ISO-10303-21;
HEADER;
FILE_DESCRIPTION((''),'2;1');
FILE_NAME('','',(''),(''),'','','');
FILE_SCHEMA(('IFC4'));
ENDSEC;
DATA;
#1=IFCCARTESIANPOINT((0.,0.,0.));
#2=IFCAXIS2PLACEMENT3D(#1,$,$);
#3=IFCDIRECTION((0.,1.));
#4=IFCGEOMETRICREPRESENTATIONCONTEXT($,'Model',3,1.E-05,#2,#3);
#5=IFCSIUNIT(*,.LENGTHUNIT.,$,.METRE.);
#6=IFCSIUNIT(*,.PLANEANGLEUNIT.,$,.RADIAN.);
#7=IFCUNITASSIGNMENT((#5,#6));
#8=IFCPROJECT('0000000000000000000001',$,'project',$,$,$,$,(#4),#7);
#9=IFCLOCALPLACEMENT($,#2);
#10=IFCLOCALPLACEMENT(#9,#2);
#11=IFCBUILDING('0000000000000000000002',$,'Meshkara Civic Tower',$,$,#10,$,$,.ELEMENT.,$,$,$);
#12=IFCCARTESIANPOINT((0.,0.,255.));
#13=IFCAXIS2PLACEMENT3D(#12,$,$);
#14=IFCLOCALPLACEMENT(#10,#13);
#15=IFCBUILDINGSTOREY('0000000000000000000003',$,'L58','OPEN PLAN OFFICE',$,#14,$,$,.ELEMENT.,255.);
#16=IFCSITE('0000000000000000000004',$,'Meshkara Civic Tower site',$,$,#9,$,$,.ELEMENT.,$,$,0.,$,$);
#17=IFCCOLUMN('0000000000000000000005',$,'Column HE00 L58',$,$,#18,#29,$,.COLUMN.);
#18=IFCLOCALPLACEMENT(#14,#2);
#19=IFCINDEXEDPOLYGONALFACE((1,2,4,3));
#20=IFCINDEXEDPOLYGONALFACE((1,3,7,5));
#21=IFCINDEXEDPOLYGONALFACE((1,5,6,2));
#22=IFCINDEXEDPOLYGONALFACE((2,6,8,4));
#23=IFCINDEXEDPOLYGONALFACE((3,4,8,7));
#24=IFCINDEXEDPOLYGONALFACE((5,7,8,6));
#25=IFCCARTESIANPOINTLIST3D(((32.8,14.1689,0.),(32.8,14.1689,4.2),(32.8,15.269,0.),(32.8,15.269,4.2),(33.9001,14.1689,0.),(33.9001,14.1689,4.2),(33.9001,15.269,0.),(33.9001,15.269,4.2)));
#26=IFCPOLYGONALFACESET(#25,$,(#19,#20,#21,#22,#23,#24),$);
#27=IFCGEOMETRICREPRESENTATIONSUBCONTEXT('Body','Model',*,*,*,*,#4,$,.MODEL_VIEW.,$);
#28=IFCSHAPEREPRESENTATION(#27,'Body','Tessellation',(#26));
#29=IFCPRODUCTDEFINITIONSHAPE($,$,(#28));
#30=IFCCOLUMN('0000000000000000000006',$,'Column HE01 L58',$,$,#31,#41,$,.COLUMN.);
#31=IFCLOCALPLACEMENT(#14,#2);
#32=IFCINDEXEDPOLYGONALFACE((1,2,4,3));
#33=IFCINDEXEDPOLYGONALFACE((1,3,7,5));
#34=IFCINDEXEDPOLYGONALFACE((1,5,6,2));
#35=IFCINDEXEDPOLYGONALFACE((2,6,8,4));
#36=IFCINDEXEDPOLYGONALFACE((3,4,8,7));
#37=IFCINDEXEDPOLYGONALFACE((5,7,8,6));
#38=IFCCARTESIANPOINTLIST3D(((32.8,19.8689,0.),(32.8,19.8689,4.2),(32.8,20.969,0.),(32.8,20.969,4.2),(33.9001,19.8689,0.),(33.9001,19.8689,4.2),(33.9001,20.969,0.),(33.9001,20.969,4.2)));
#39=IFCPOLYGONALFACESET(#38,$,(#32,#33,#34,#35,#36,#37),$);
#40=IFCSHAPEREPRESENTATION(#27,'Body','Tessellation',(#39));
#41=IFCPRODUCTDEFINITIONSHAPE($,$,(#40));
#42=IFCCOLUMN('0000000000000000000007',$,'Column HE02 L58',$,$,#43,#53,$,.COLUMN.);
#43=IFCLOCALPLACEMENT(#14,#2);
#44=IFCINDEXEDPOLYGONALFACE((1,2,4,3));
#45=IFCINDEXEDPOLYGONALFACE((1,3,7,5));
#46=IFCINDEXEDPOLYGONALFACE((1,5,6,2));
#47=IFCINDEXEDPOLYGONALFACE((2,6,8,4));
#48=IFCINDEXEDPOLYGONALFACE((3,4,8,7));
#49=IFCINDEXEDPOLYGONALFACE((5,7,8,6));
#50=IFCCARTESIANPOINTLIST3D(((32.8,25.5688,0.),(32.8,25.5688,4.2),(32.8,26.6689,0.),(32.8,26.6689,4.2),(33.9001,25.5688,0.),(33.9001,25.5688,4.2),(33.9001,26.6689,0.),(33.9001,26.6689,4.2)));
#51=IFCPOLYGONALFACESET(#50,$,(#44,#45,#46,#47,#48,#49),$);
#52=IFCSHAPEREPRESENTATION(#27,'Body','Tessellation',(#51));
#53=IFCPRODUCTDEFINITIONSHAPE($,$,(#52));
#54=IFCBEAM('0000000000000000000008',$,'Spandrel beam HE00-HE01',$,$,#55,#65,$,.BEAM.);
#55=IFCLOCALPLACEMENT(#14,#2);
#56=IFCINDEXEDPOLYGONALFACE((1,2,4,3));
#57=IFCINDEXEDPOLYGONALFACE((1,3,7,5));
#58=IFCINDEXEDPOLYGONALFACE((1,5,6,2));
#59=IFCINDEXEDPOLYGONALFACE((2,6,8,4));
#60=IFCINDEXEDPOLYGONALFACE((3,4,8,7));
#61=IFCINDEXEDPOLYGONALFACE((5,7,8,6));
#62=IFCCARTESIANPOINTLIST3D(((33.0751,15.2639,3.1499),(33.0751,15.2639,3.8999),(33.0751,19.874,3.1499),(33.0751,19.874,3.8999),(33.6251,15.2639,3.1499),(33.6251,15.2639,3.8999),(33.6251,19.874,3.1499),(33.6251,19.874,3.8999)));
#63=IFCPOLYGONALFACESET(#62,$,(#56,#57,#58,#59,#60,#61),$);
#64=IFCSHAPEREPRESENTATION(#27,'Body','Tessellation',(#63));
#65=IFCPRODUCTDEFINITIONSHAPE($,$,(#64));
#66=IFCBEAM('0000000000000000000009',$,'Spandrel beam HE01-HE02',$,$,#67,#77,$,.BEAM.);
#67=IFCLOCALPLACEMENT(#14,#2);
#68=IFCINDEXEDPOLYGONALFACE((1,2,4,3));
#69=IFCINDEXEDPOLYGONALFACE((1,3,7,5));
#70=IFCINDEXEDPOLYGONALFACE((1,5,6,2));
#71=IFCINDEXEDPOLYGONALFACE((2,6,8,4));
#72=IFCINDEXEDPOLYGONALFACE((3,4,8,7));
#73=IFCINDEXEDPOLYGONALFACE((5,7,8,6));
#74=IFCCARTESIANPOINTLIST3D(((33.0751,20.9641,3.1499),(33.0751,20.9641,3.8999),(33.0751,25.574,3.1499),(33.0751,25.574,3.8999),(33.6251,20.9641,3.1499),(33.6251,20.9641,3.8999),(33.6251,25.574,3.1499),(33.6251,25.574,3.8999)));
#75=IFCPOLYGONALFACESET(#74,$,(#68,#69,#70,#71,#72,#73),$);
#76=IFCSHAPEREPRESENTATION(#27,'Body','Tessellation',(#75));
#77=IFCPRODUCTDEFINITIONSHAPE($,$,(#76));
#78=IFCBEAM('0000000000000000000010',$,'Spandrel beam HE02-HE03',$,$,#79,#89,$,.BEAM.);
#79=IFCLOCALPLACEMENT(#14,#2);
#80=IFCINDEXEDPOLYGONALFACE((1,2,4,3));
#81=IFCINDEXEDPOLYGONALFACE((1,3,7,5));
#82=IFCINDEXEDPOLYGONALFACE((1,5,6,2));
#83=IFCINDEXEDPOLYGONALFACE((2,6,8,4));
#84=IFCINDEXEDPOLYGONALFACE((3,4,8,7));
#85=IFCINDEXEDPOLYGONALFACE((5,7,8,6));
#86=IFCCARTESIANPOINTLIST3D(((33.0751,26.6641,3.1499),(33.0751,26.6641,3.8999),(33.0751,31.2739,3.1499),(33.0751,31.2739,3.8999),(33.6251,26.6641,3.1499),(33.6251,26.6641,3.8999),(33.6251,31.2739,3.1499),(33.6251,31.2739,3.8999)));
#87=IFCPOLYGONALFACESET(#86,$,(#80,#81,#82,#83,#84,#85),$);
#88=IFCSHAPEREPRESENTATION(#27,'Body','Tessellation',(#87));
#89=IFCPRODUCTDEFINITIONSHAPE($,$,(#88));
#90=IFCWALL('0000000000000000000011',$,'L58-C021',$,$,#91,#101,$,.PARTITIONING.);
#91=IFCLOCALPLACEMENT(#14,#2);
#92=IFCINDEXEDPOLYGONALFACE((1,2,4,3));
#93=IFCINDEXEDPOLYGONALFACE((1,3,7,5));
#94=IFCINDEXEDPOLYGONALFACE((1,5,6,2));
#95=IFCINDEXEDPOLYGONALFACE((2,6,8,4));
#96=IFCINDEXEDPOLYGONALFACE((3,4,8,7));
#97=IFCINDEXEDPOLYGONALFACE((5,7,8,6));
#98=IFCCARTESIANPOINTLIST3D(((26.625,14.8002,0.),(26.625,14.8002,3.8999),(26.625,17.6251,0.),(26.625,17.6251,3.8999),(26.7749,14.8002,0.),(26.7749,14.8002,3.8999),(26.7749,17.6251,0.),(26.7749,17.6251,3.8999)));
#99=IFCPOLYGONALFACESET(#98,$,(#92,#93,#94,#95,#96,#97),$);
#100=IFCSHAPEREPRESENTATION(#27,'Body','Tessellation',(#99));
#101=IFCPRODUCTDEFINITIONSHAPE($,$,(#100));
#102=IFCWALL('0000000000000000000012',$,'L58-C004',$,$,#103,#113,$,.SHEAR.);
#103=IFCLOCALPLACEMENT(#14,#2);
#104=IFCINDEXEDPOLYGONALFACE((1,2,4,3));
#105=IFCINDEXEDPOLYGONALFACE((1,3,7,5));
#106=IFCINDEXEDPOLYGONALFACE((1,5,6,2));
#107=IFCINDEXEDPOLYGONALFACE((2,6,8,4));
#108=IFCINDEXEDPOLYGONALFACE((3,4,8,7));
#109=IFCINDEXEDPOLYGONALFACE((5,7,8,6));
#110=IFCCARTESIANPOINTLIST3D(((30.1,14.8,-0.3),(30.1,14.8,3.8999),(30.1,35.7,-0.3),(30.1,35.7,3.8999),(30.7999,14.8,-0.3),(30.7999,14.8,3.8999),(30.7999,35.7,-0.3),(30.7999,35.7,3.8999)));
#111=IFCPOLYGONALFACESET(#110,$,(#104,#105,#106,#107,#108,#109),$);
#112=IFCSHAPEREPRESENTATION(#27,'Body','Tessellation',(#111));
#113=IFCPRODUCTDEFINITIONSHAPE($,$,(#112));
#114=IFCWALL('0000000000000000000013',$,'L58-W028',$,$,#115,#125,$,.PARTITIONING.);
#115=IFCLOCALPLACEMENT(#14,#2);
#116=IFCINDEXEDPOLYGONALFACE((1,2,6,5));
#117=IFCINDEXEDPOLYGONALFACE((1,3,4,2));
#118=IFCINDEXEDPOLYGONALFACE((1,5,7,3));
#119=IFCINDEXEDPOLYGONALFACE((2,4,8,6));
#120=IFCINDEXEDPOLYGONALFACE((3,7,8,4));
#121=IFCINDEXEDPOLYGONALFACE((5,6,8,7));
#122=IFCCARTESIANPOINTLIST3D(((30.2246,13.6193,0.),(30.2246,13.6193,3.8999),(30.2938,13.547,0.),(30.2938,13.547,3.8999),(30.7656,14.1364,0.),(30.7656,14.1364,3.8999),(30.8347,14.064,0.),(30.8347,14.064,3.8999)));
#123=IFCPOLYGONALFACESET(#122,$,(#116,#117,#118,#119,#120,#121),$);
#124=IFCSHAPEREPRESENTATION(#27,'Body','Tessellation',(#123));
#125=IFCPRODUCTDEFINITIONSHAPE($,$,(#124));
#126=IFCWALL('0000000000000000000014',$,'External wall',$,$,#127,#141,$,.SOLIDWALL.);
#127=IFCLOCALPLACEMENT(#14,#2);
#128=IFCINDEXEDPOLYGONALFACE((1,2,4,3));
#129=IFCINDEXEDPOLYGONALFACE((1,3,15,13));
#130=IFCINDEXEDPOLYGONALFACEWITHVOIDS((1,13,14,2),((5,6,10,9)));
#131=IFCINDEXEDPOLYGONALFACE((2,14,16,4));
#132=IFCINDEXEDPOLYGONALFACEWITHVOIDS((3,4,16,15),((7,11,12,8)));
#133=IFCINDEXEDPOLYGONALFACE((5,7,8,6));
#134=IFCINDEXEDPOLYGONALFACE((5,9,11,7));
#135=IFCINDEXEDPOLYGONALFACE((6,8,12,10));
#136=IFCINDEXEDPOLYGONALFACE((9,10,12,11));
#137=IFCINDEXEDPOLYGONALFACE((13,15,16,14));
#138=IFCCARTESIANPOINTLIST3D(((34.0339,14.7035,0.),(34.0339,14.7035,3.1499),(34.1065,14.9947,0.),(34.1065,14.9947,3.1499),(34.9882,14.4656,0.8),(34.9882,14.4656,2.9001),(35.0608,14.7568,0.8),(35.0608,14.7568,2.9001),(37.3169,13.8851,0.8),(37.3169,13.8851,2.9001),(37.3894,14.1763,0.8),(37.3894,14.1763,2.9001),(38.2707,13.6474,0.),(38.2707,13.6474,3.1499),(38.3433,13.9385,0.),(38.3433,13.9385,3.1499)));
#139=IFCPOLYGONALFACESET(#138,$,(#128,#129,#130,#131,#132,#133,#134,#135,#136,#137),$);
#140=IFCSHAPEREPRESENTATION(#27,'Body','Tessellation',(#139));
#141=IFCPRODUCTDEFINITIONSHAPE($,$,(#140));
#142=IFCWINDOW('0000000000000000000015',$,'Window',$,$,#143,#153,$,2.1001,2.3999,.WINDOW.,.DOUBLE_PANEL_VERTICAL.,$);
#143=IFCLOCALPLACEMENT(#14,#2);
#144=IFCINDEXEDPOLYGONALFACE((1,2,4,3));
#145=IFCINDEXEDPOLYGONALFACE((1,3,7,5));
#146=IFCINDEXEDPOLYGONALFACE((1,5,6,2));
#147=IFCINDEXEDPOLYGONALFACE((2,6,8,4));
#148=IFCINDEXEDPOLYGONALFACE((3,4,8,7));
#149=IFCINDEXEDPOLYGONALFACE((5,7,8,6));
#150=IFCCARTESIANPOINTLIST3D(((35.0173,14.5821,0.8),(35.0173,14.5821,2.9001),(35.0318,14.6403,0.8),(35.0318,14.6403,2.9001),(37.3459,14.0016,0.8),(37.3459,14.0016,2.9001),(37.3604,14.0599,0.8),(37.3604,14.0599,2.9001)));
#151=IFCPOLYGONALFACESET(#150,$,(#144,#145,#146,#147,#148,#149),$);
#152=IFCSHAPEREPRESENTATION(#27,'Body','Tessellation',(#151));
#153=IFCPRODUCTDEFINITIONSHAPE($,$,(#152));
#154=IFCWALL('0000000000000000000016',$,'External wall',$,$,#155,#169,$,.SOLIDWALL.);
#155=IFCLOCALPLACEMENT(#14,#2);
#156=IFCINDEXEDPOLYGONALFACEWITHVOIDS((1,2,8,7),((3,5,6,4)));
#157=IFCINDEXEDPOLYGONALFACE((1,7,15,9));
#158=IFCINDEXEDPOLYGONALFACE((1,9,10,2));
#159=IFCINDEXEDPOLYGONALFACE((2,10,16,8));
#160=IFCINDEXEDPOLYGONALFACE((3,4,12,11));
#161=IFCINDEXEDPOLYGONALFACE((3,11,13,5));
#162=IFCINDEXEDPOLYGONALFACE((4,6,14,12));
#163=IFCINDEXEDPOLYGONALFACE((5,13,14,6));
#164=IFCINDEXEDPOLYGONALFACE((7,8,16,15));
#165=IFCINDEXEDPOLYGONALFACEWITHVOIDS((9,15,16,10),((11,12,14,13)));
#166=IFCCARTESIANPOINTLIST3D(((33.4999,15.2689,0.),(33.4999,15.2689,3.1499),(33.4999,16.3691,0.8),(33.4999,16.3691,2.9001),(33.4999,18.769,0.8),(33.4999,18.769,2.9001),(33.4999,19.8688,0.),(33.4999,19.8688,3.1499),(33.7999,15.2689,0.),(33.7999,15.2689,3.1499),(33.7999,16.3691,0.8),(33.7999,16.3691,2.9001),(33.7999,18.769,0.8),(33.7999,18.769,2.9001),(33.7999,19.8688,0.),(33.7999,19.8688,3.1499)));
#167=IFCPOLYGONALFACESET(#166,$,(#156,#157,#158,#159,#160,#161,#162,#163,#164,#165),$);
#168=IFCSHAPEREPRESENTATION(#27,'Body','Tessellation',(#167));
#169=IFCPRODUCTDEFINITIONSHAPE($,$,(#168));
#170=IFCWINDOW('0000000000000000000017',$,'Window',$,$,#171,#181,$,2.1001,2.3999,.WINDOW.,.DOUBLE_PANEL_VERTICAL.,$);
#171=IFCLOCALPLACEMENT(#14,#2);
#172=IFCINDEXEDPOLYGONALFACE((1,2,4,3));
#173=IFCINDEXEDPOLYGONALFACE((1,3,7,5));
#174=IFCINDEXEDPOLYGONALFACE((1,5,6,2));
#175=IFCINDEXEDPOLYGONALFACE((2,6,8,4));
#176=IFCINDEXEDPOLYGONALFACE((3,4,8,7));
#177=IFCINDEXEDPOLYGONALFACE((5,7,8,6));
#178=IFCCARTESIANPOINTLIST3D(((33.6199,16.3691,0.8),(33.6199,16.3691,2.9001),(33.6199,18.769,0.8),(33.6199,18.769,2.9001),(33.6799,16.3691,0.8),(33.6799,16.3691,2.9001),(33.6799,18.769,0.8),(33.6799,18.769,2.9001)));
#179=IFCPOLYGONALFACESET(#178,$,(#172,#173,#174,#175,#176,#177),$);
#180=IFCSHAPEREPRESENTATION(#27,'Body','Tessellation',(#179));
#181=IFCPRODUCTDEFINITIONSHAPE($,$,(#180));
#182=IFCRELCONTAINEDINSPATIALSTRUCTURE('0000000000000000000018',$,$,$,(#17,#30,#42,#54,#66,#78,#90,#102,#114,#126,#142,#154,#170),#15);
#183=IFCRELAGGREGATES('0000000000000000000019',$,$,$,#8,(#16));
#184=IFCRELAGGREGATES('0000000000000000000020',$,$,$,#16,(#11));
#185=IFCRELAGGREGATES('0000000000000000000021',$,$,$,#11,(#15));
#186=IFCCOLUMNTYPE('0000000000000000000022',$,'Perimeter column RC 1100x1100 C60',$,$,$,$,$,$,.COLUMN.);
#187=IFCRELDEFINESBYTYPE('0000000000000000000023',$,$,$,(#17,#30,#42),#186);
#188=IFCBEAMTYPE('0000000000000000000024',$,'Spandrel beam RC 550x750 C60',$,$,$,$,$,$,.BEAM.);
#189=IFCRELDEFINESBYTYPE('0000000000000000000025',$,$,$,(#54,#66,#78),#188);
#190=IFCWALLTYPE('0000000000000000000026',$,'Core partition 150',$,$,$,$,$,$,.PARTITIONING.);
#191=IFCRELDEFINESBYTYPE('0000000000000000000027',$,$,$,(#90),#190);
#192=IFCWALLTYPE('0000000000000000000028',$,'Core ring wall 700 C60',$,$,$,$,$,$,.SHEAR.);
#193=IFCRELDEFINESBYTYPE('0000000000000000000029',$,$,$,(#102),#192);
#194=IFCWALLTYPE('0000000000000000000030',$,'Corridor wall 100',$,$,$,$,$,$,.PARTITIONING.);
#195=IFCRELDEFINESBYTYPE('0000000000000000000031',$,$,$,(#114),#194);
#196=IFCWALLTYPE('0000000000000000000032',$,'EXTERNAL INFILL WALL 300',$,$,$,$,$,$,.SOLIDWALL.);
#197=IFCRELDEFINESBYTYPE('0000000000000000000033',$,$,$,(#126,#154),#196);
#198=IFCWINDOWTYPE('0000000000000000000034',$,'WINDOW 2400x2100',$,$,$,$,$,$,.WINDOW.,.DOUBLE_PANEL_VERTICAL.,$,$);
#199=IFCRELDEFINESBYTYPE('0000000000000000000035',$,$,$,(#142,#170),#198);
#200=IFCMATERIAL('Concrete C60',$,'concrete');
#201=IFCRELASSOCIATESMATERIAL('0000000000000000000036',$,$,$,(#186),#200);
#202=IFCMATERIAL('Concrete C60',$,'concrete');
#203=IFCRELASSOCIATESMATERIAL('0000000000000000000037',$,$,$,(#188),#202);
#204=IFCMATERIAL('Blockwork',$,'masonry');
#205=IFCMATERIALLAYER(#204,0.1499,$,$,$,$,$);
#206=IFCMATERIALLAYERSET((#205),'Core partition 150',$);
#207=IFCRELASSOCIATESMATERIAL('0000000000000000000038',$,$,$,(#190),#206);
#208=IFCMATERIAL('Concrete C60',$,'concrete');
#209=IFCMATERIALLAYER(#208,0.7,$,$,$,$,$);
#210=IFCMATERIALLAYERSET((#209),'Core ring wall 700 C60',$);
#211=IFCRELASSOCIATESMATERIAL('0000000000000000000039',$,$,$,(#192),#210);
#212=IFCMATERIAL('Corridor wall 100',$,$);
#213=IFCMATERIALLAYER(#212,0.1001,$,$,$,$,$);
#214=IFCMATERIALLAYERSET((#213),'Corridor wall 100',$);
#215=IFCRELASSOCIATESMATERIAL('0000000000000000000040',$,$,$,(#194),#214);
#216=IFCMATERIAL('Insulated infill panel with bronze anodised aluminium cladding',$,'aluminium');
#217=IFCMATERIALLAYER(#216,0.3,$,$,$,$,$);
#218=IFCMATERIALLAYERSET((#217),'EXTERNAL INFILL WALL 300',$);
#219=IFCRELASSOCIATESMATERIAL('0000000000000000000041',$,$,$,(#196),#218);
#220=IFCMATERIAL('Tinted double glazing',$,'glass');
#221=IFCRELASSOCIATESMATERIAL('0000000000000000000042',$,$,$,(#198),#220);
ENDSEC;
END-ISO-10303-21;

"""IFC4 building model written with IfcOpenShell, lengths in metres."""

from ifc_helpers import new_model, si_unit, direction, frame, frame_2d, origin, origin_2d, place, context, subcontext, project, spatial, rectangle, extrude, material, layer, layer_set, material_profile, profile_set, type_object, element, fill, save


model = new_model("IFC4")

# Units and contexts
model_context = context("Model", 3, precision=1e-05, world=origin(), true_north=direction((0.0, 1.0)))
body_context = subcontext(model_context, "Body", "Model", "MODEL_VIEW")
ifc_project = project(units=[si_unit("LENGTHUNIT", "METRE"), si_unit("PLANEANGLEUNIT", "RADIAN")], contexts=[model_context])

# Site, building, storey
site_placement = place(None, origin())
site = spatial("IfcSite", under=ifc_project, at=site_placement, Name="Meshkara Civic Tower site", CompositionType="ELEMENT", RefElevation=0.0)
building_placement = place(site_placement, origin())
building = spatial("IfcBuilding", under=site, at=building_placement, Name="Meshkara Civic Tower", CompositionType="ELEMENT")
storey_placement = place(building_placement, frame((0.0, 0.0, 255.0)))
storey = spatial("IfcBuildingStorey", under=building, at=storey_placement, Name="L58", Description="OPEN PLAN OFFICE", CompositionType="ELEMENT", Elevation=255.0)

# Columns
ifc_material_1 = material(Name="Concrete C60", Category="concrete")
ifc_material_profile_1 = material_profile(ifc_material_1, rectangle(XDim=1.1001, YDim=1.1001, at=origin_2d()))
ifc_profile_set_1 = profile_set([ifc_material_profile_1], Name="Concrete C60")
column_type = type_object("IfcColumnType", Name="Perimeter column RC 1100x1100 C60", PredefinedType="COLUMN", material=ifc_profile_set_1)
for number, where, z_axis, x_axis, name in (
    (1, (33.3501, 14.719, 0.0), (0.0, 0.0, 1.0), (1.0, 0.0, 0.0), "Column HE00 L58"),
    (2, (33.3501, 20.4189, 0.0), (0.0, 0.0, 1.0), (1.0, 0.0, 0.0), "Column HE01 L58"),
    (3, (33.3501, 26.1189, 0.0), (0.0, 0.0, 1.0), (1.0, 0.0, 0.0), "Column HE02 L58"),
):
    element("IfcColumn", number, at=place(storey_placement, frame(where, z_axis=z_axis, x_axis=x_axis)), inside=storey, type_object=column_type, Name=name, PredefinedType="COLUMN", context=body_context, shape_type="SweptSolid", body=[
        extrude(rectangle(XDim=1.1001, YDim=1.1001, at=origin_2d()), origin(), (0.0, 0.0, 1.0), 4.2),
    ])

# Beams
ifc_material_2 = material(Name="Concrete C60", Category="concrete")
ifc_material_profile_2 = material_profile(ifc_material_2, rectangle(XDim=0.55, YDim=0.75, at=origin_2d()))
ifc_profile_set_2 = profile_set([ifc_material_profile_2], Name="Concrete C60")
beam_type = type_object("IfcBeamType", Name="Spandrel beam RC 550x750 C60", PredefinedType="BEAM", material=ifc_profile_set_2)
beam_placement = place(storey_placement, frame((33.3501, 15.2639, 3.5249), z_axis=(0.0, 1.0, 0.0), x_axis=(-1.0, 0.0, 0.0)))
element("IfcBeam", 4, at=beam_placement, inside=storey, type_object=beam_type, Name="Spandrel beam HE00-HE01", PredefinedType="BEAM", context=body_context, shape_type="SweptSolid", body=[
    extrude(rectangle(XDim=0.55, YDim=0.75, at=origin_2d()), origin(), (0.0, 0.0, 1.0), 4.6101),
])
for number, where, z_axis, x_axis, name in (
    (5, (33.3501, 20.9641, 3.5249), (0.0, 1.0, 0.0), (-1.0, 0.0, 0.0), "Spandrel beam HE01-HE02"),
    (6, (33.3501, 26.6641, 3.5249), (0.0, 1.0, 0.0), (-1.0, 0.0, 0.0), "Spandrel beam HE02-HE03"),
):
    element("IfcBeam", number, at=place(storey_placement, frame(where, z_axis=z_axis, x_axis=x_axis)), inside=storey, type_object=beam_type, Name=name, PredefinedType="BEAM", context=body_context, shape_type="SweptSolid", body=[
        extrude(rectangle(XDim=0.55, YDim=0.75, at=origin_2d()), origin(), (0.0, 0.0, 1.0), 4.6099),
    ])

# Walls
ifc_material_3 = material(Name="Blockwork", Category="masonry")
ifc_layer_1 = layer(ifc_material_3, 0.1499)
ifc_layer_set_1 = layer_set([ifc_layer_1], Name="Core partition 150")
wall_type_1 = type_object("IfcWallType", Name="Core partition 150", PredefinedType="PARTITIONING", material=ifc_layer_set_1)
wall_1_placement = place(storey_placement, frame((26.7, 14.8, 0.0), z_axis=(0.0, 0.0, 1.0), x_axis=(0.0, 1.0, 0.0)))
element("IfcWall", 7, at=wall_1_placement, inside=storey, type_object=wall_type_1, Name="L58-C021", PredefinedType="PARTITIONING", context=body_context, shape_type="SweptSolid", body=[
    extrude(rectangle(XDim=2.825, YDim=0.1499, at=frame_2d((1.4126, 0.0))), origin(), (0.0, 0.0, 1.0), 3.8999),
])
ifc_material_4 = material(Name="Concrete C60", Category="concrete")
ifc_layer_2 = layer(ifc_material_4, 0.7)
ifc_layer_set_2 = layer_set([ifc_layer_2], Name="Core ring wall 700 C60")
wall_type_2 = type_object("IfcWallType", Name="Core ring wall 700 C60", PredefinedType="SHEAR", material=ifc_layer_set_2)
wall_2_placement = place(storey_placement, frame((30.45, 14.8, -0.3), z_axis=(0.0, 0.0, 1.0), x_axis=(0.0, 1.0, 0.0)))
element("IfcWall", 8, at=wall_2_placement, inside=storey, type_object=wall_type_2, Name="L58-C004", PredefinedType="SHEAR", context=body_context, shape_type="SweptSolid", body=[
    extrude(rectangle(XDim=20.8999, YDim=0.7, at=frame_2d((10.45, 0.0))), origin(), (0.0, 0.0, 1.0), 4.2),
])
ifc_material_5 = material(Name="Corridor wall 100")
ifc_layer_3 = layer(ifc_material_5, 0.1001)
ifc_layer_set_3 = layer_set([ifc_layer_3], Name="Corridor wall 100")
wall_type_3 = type_object("IfcWallType", Name="Corridor wall 100", PredefinedType="PARTITIONING", material=ifc_layer_set_3)
wall_3_placement = place(storey_placement, frame((30.8, 14.1001, 0.0), z_axis=(0.0, 0.0, 1.0), x_axis=(-0.722911, -0.690941, 0.0)))
element("IfcWall", 9, at=wall_3_placement, inside=storey, type_object=wall_type_3, Name="L58-W028", PredefinedType="PARTITIONING", context=body_context, shape_type="SweptSolid", body=[
    extrude(rectangle(XDim=0.7483, YDim=0.1001, at=frame_2d((0.374, 0.0))), origin(), (0.0, 0.0, 1.0), 3.8999),
])

# Walls, openings, windows
ifc_material_6 = material(Name="Insulated infill panel with bronze anodised aluminium cladding", Category="aluminium")
ifc_layer_4 = layer(ifc_material_6, 0.3)
ifc_layer_set_4 = layer_set([ifc_layer_4], Name="EXTERNAL INFILL WALL 300")
wall_type_4 = type_object("IfcWallType", Name="EXTERNAL INFILL WALL 300", PredefinedType="SOLIDWALL", material=ifc_layer_set_4)
wall_4_placement = place(storey_placement, frame((38.3069, 13.793, 0.0), z_axis=(0.0, 0.0, 1.0), x_axis=(-0.970307, 0.241878, 0.0)))
wall_4 = element("IfcWall", 10, at=wall_4_placement, inside=storey, type_object=wall_type_4, Name="External wall", PredefinedType="SOLIDWALL", context=body_context, shape_type="SweptSolid", body=[
    extrude(rectangle(XDim=4.3665, YDim=0.3, at=frame_2d((2.1831, 0.0))), origin(), (0.0, 0.0, 1.0), 3.1499),
])
opening_1_placement = place(wall_4_placement, frame((0.9829, 0.0, 0.8)))
opening_1 = element("IfcOpeningElement", 11, at=opening_1_placement, cuts=wall_4, PredefinedType="OPENING", context=body_context, shape_type="SweptSolid", body=[
    extrude(rectangle(XDim=2.3999, YDim=2.1001, at=frame_2d((1.2, 1.05))), frame((0.0, 0.1599, 0.0), z_axis=(0.0, -1.0, 0.0), x_axis=(1.0, 0.0, 0.0)), (0.0, 0.0, 1.0), 0.3201),
])
ifc_material_7 = material(Name="Tinted double glazing", Category="glass")
window_type = type_object("IfcWindowType", Name="WINDOW 2400x2100", PartitioningType="DOUBLE_PANEL_VERTICAL", PredefinedType="WINDOW", material=ifc_material_7)
window_1_placement = place(opening_1_placement, origin())
window_1 = element("IfcWindow", 12, at=window_1_placement, inside=storey, type_object=window_type, Name="Window", OverallHeight=2.1001, OverallWidth=2.3999, PartitioningType="DOUBLE_PANEL_VERTICAL", PredefinedType="WINDOW", context=body_context, shape_type="SweptSolid", body=[
    extrude(rectangle(XDim=2.3999, YDim=2.1001, at=frame_2d((1.2, 1.05))), frame((0.0, 0.03, 0.0), z_axis=(0.0, -1.0, 0.0), x_axis=(1.0, 0.0, 0.0)), (0.0, 0.0, 1.0), 0.0601),
])
fill(opening_1, window_1)
wall_5_placement = place(storey_placement, frame((33.6499, 15.269, 0.0), z_axis=(0.0, 0.0, 1.0), x_axis=(0.0, 1.0, 0.0)))
wall_5 = element("IfcWall", 13, at=wall_5_placement, inside=storey, type_object=wall_type_4, Name="External wall", PredefinedType="SOLIDWALL", context=body_context, shape_type="SweptSolid", body=[
    extrude(rectangle(XDim=4.5999, YDim=0.3, at=frame_2d((2.2998, 0.0))), origin(), (0.0, 0.0, 1.0), 3.1499),
])
opening_2_placement = place(wall_5_placement, frame((1.1001, 0.0, 0.8)))
opening_2 = element("IfcOpeningElement", 14, at=opening_2_placement, cuts=wall_5, PredefinedType="OPENING", context=body_context, shape_type="SweptSolid", body=[
    extrude(rectangle(XDim=2.3999, YDim=2.1001, at=frame_2d((1.2, 1.05))), frame((0.0, 0.1599, 0.0), z_axis=(0.0, -1.0, 0.0), x_axis=(1.0, 0.0, 0.0)), (0.0, 0.0, 1.0), 0.3201),
])
window_2_placement = place(opening_2_placement, origin())
window_2 = element("IfcWindow", 15, at=window_2_placement, inside=storey, type_object=window_type, Name="Window", OverallHeight=2.1001, OverallWidth=2.3999, PartitioningType="DOUBLE_PANEL_VERTICAL", PredefinedType="WINDOW", context=body_context, shape_type="SweptSolid", body=[
    extrude(rectangle(XDim=2.3999, YDim=2.1001, at=frame_2d((1.2, 1.05))), frame((0.0, 0.03, 0.0), z_axis=(0.0, -1.0, 0.0), x_axis=(1.0, 0.0, 0.0)), (0.0, 0.0, 1.0), 0.0601),
])
fill(opening_2, window_2)

save(model, "model.ifc")
